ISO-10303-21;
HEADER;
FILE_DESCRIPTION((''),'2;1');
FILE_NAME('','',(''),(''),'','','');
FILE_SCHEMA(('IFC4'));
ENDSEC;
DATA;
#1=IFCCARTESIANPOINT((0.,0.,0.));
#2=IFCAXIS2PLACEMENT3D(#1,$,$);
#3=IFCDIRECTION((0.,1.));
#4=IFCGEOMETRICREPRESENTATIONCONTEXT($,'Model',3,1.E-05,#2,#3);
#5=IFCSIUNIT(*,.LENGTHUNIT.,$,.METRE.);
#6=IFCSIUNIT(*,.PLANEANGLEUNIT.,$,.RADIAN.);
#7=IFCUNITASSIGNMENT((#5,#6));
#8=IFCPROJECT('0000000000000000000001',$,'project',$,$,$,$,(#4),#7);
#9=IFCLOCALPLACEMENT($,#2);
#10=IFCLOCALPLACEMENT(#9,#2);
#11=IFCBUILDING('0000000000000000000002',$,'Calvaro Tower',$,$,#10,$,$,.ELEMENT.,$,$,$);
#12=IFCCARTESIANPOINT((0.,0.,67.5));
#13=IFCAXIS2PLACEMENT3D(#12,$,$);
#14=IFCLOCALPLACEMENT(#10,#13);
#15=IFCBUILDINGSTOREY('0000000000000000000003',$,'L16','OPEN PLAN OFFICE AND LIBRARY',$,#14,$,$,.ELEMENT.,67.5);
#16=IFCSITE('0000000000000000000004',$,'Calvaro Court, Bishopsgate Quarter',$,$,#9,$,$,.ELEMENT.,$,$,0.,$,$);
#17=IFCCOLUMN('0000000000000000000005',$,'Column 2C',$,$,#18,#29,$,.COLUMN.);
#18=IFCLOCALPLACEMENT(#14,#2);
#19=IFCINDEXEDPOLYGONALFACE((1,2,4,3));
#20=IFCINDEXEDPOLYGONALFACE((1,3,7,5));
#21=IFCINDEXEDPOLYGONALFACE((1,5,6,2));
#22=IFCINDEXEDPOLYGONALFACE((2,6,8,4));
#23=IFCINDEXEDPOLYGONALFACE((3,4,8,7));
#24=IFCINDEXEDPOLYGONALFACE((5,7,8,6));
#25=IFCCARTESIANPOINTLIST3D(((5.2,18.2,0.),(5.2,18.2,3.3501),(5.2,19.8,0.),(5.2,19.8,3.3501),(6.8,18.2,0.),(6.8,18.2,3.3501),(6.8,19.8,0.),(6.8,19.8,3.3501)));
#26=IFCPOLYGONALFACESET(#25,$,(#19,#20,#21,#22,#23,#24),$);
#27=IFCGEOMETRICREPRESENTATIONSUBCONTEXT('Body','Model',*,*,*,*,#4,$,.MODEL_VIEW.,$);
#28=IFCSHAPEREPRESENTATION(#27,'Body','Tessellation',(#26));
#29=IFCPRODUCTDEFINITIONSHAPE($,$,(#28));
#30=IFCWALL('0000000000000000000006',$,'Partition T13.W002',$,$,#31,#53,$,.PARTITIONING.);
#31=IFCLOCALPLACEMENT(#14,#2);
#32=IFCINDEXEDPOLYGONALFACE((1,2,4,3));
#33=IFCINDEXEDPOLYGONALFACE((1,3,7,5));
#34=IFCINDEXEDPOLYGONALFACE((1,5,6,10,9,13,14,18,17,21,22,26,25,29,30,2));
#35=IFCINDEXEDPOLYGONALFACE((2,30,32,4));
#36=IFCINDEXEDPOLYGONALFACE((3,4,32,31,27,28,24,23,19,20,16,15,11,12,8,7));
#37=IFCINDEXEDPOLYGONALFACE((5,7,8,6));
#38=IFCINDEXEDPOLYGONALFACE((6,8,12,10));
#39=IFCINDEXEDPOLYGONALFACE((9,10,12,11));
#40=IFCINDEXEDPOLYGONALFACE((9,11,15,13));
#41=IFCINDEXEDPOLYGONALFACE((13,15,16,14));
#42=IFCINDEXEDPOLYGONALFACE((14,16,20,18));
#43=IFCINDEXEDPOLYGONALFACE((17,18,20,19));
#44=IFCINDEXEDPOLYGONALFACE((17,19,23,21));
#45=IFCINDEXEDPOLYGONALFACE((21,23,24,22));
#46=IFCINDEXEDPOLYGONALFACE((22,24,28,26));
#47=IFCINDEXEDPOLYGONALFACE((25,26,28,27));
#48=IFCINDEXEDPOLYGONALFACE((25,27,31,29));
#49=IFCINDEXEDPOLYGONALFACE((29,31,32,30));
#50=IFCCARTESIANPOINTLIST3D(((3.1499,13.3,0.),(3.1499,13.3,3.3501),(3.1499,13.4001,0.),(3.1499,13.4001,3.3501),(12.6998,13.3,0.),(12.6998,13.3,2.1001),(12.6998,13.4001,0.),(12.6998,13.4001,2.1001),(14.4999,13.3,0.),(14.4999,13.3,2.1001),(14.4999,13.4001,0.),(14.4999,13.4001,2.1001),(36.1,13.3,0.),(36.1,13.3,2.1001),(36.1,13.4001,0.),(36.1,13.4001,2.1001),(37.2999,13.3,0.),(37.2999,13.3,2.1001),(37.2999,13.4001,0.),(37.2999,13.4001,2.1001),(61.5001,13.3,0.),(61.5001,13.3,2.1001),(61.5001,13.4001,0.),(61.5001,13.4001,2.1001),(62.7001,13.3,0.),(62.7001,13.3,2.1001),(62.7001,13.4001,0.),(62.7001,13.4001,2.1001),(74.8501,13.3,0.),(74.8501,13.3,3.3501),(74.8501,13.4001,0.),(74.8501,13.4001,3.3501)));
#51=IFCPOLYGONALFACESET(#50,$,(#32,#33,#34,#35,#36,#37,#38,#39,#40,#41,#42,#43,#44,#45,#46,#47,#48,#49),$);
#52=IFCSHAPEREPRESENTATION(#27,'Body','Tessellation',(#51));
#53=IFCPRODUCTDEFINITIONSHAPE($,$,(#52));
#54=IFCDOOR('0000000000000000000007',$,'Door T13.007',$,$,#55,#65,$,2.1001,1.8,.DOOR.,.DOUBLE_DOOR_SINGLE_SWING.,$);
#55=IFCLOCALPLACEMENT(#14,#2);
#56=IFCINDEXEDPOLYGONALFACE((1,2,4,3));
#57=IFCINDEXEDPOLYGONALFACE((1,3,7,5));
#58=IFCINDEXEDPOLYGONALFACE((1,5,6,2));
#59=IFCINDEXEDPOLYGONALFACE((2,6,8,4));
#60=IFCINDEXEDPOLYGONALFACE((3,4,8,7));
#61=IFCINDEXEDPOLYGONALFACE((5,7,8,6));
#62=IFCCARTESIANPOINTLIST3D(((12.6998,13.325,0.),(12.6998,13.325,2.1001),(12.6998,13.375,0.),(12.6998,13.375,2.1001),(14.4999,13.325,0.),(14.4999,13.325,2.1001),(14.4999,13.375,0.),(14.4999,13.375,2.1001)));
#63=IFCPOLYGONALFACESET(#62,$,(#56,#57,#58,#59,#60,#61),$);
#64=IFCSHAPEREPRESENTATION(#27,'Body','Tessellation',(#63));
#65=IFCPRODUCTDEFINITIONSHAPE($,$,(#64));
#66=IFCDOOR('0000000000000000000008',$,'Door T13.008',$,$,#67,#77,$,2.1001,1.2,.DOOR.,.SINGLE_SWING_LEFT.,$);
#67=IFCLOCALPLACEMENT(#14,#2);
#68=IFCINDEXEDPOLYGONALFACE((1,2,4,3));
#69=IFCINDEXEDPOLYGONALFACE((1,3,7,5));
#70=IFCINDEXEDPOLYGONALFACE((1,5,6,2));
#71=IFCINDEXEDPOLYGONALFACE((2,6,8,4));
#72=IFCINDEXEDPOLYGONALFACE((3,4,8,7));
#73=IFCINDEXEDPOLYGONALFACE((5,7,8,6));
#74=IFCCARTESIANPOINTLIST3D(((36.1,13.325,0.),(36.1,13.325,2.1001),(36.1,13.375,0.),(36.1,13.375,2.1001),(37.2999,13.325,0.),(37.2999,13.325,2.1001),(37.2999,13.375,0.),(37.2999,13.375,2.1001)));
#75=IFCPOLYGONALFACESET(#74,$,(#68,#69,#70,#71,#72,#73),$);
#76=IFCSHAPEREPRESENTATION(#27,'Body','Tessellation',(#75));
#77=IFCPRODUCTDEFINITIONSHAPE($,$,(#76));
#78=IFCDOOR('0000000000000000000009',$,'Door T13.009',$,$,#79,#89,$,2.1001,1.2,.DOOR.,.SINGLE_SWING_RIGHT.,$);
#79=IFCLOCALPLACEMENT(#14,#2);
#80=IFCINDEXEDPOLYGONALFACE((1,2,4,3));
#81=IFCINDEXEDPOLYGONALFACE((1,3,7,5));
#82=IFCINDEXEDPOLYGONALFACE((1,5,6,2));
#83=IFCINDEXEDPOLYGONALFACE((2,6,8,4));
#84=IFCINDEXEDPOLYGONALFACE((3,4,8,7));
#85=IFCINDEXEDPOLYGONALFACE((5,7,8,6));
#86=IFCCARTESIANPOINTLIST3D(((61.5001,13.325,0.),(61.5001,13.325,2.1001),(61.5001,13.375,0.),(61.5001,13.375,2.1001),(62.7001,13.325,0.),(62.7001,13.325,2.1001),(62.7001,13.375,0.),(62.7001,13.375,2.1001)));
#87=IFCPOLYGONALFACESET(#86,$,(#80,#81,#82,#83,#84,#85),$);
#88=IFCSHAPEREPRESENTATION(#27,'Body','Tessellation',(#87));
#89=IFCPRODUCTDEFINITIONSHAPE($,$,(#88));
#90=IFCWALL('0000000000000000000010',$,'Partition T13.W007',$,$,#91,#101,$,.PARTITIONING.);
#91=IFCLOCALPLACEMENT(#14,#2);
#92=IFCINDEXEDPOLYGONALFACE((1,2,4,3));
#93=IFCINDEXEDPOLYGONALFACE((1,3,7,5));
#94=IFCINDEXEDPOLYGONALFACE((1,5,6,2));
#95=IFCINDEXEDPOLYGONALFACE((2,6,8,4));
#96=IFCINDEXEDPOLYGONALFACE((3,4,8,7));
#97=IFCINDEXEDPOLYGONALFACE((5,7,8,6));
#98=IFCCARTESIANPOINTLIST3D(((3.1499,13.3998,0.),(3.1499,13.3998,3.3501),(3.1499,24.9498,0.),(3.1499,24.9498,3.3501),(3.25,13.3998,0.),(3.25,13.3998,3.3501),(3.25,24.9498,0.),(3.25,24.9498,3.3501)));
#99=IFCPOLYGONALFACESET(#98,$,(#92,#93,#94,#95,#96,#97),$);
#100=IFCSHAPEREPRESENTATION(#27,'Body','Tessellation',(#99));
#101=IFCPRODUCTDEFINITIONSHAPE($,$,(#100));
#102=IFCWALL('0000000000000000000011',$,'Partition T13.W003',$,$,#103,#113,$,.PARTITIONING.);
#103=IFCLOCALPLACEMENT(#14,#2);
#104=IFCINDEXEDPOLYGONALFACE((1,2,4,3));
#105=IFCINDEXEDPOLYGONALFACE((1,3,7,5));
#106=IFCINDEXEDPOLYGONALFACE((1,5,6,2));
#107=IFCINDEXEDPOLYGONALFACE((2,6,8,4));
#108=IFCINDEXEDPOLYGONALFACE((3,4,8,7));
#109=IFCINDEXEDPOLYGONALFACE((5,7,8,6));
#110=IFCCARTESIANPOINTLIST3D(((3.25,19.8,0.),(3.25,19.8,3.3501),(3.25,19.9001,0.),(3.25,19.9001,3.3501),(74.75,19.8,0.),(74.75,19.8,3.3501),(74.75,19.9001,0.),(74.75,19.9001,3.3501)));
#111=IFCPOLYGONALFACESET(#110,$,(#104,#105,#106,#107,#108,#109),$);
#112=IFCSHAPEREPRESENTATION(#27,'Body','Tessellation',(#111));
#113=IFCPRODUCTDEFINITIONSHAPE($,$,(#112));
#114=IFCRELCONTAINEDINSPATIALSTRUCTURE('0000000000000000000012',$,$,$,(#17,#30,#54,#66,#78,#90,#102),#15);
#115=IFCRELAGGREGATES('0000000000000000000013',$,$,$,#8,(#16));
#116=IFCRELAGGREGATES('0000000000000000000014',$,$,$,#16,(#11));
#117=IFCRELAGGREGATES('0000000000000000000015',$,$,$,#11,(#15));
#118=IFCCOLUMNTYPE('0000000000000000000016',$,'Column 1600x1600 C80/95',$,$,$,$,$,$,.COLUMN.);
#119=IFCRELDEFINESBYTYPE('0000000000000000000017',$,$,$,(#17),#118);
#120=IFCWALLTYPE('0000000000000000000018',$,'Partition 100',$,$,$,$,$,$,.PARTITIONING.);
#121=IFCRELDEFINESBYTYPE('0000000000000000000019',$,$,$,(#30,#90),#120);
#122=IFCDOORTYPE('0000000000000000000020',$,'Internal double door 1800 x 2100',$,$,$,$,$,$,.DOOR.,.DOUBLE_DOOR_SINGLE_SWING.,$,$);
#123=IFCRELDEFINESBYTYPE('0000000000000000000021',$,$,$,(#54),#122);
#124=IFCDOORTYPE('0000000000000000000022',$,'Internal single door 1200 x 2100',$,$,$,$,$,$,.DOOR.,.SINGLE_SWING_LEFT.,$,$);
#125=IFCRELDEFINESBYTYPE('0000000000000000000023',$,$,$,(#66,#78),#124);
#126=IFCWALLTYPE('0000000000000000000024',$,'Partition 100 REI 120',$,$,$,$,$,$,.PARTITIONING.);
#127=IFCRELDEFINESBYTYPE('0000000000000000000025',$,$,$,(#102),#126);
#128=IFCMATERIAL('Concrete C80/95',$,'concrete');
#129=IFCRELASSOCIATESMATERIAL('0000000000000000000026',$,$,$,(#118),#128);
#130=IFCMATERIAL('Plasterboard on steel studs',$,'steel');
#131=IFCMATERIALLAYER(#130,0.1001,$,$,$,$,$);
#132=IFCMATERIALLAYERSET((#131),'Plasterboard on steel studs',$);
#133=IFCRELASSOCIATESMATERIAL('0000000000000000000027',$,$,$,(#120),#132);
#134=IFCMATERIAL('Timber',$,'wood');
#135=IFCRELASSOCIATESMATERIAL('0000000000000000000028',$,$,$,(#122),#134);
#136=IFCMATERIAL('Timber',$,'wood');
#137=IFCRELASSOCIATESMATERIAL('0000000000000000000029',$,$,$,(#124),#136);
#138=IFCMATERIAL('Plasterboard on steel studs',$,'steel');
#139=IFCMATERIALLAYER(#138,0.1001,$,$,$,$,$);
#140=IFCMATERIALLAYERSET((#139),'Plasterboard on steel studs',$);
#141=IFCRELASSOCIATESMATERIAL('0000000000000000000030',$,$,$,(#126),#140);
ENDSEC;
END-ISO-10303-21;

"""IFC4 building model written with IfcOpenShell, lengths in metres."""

from ifc_helpers import new_model, si_unit, direction, frame, frame_2d, origin, origin_2d, place, context, subcontext, project, spatial, rectangle, extrude, material, layer, layer_set, material_profile, profile_set, type_object, element, fill, save


model = new_model("IFC4")

# Units and contexts
model_context = context("Model", 3, precision=1e-05, world=origin(), true_north=direction((0.0, 1.0)))
body_context = subcontext(model_context, "Body", "Model", "MODEL_VIEW")
ifc_project = project(units=[si_unit("LENGTHUNIT", "METRE"), si_unit("PLANEANGLEUNIT", "RADIAN")], contexts=[model_context])

# Site, building, storey
site_placement = place(None, origin())
site = spatial("IfcSite", under=ifc_project, at=site_placement, Name="Calvaro Court, Bishopsgate Quarter", CompositionType="ELEMENT", RefElevation=0.0)
building_placement = place(site_placement, origin())
building = spatial("IfcBuilding", under=site, at=building_placement, Name="Calvaro Tower", CompositionType="ELEMENT")
storey_placement = place(building_placement, frame((0.0, 0.0, 67.5)))
storey = spatial("IfcBuildingStorey", under=building, at=storey_placement, Name="L16", Description="OPEN PLAN OFFICE AND LIBRARY", CompositionType="ELEMENT", Elevation=67.5)

# Column
ifc_material_1 = material(Name="Concrete C80/95", Category="concrete")
ifc_material_profile = material_profile(ifc_material_1, rectangle(XDim=1.6001, YDim=1.6001, at=origin_2d()), Name="RC 1600x1600")
ifc_profile_set = profile_set([ifc_material_profile], Name="Concrete C80/95")
column_type = type_object("IfcColumnType", Name="Column 1600x1600 C80/95", PredefinedType="COLUMN", material=ifc_profile_set)
column_placement = place(storey_placement, frame((6.0, 19.0, 0.0), z_axis=(0.0, 0.0, 1.0), x_axis=(1.0, 0.0, 0.0)))
element("IfcColumn", 1, at=column_placement, inside=storey, type_object=column_type, Name="Column 2C", PredefinedType="COLUMN", context=body_context, shape_type="SweptSolid", body=[
    extrude(rectangle(XDim=1.6001, YDim=1.6001, at=origin_2d()), origin(), (0.0, 0.0, 1.0), 3.3501),
])

# Wall, openings, doors
ifc_material_2 = material(Name="Plasterboard on steel studs", Category="steel")
ifc_layer_1 = layer(ifc_material_2, 0.1001)
ifc_layer_set_1 = layer_set([ifc_layer_1], Name="Plasterboard on steel studs")
wall_type_1 = type_object("IfcWallType", Name="Partition 100", PredefinedType="PARTITIONING", material=ifc_layer_set_1)
wall_1_placement = place(storey_placement, frame((3.1499, 13.3501, 0.0), z_axis=(0.0, 0.0, 1.0), x_axis=(1.0, 0.0, 0.0)))
wall_1 = element("IfcWall", 2, at=wall_1_placement, inside=storey, type_object=wall_type_1, Name="Partition T13.W002", PredefinedType="PARTITIONING", context=body_context, shape_type="SweptSolid", body=[
    extrude(rectangle(XDim=71.7002, YDim=0.1001, at=frame_2d((35.8501, 0.0))), origin(), (0.0, 0.0, 1.0), 3.3501),
])
opening_1_placement = place(wall_1_placement, frame((9.55, 0.0, 0.0)))
opening_1 = element("IfcOpeningElement", 3, at=opening_1_placement, cuts=wall_1, PredefinedType="OPENING", context=body_context, shape_type="SweptSolid", body=[
    extrude(rectangle(XDim=1.8, YDim=2.1001, at=frame_2d((0.8999, 1.05))), frame((0.0, 0.0601, 0.0), z_axis=(0.0, -1.0, 0.0), x_axis=(1.0, 0.0, 0.0)), (0.0, 0.0, 1.0), 0.1201),
])
opening_2_placement = place(wall_1_placement, frame((32.95, 0.0, 0.0)))
opening_2 = element("IfcOpeningElement", 4, at=opening_2_placement, cuts=wall_1, PredefinedType="OPENING", context=body_context, shape_type="SweptSolid", body=[
    extrude(rectangle(XDim=1.2, YDim=2.1001, at=frame_2d((0.6001, 1.05))), frame((0.0, 0.0601, 0.0), z_axis=(0.0, -1.0, 0.0), x_axis=(1.0, 0.0, 0.0)), (0.0, 0.0, 1.0), 0.1201),
])
opening_3_placement = place(wall_1_placement, frame((58.3501, 0.0, 0.0)))
opening_3 = element("IfcOpeningElement", 5, at=opening_3_placement, cuts=wall_1, PredefinedType="OPENING", context=body_context, shape_type="SweptSolid", body=[
    extrude(rectangle(XDim=1.2, YDim=2.1001, at=frame_2d((0.6001, 1.05))), frame((0.0, 0.0601, 0.0), z_axis=(0.0, -1.0, 0.0), x_axis=(1.0, 0.0, 0.0)), (0.0, 0.0, 1.0), 0.1201),
])
ifc_material_3 = material(Name="Timber", Category="wood")
door_type_1 = type_object("IfcDoorType", Name="Internal double door 1800 x 2100", OperationType="DOUBLE_DOOR_SINGLE_SWING", PredefinedType="DOOR", material=ifc_material_3)
door_1_placement = place(opening_1_placement, origin())
door_1 = element("IfcDoor", 6, at=door_1_placement, inside=storey, type_object=door_type_1, Name="Door T13.007", OperationType="DOUBLE_DOOR_SINGLE_SWING", OverallHeight=2.1001, OverallWidth=1.8, PredefinedType="DOOR", context=body_context, shape_type="SweptSolid", body=[
    extrude(rectangle(XDim=1.8, YDim=2.1001, at=frame_2d((0.8999, 1.05))), frame((0.0, 0.0249, 0.0), z_axis=(0.0, -1.0, 0.0), x_axis=(1.0, 0.0, 0.0)), (0.0, 0.0, 1.0), 0.05),
])
fill(opening_1, door_1)
ifc_material_4 = material(Name="Timber", Category="wood")
door_type_2 = type_object("IfcDoorType", Name="Internal single door 1200 x 2100", OperationType="SINGLE_SWING_LEFT", PredefinedType="DOOR", material=ifc_material_4)
door_2_placement = place(opening_2_placement, origin())
door_2 = element("IfcDoor", 7, at=door_2_placement, inside=storey, type_object=door_type_2, Name="Door T13.008", OperationType="SINGLE_SWING_LEFT", OverallHeight=2.1001, OverallWidth=1.2, PredefinedType="DOOR", context=body_context, shape_type="SweptSolid", body=[
    extrude(rectangle(XDim=1.2, YDim=2.1001, at=frame_2d((0.6001, 1.05))), frame((0.0, 0.0249, 0.0), z_axis=(0.0, -1.0, 0.0), x_axis=(1.0, 0.0, 0.0)), (0.0, 0.0, 1.0), 0.05),
])
fill(opening_2, door_2)
door_3_placement = place(opening_3_placement, origin())
door_3 = element("IfcDoor", 8, at=door_3_placement, inside=storey, type_object=door_type_2, Name="Door T13.009", OperationType="SINGLE_SWING_RIGHT", OverallHeight=2.1001, OverallWidth=1.2, PredefinedType="DOOR", context=body_context, shape_type="SweptSolid", body=[
    extrude(rectangle(XDim=1.2, YDim=2.1001, at=frame_2d((0.6001, 1.05))), frame((0.0, 0.0249, 0.0), z_axis=(0.0, -1.0, 0.0), x_axis=(1.0, 0.0, 0.0)), (0.0, 0.0, 1.0), 0.05),
])
fill(opening_3, door_3)

# Walls
wall_2_placement = place(storey_placement, frame((3.2, 13.3999, 0.0), z_axis=(0.0, 0.0, 1.0), x_axis=(0.0, 1.0, 0.0)))
element("IfcWall", 9, at=wall_2_placement, inside=storey, type_object=wall_type_1, Name="Partition T13.W007", PredefinedType="PARTITIONING", context=body_context, shape_type="SweptSolid", body=[
    extrude(rectangle(XDim=11.55, YDim=0.1001, at=frame_2d((5.7749, 0.0))), origin(), (0.0, 0.0, 1.0), 3.3501),
])
ifc_material_5 = material(Name="Plasterboard on steel studs", Category="steel")
ifc_layer_2 = layer(ifc_material_5, 0.1001)
ifc_layer_set_2 = layer_set([ifc_layer_2], Name="Plasterboard on steel studs")
wall_type_2 = type_object("IfcWallType", Name="Partition 100 REI 120", PredefinedType="PARTITIONING", material=ifc_layer_set_2)
wall_3_placement = place(storey_placement, frame((3.25, 19.8501, 0.0), z_axis=(0.0, 0.0, 1.0), x_axis=(1.0, 0.0, 0.0)))
element("IfcWall", 10, at=wall_3_placement, inside=storey, type_object=wall_type_2, Name="Partition T13.W003", PredefinedType="PARTITIONING", context=body_context, shape_type="SweptSolid", body=[
    extrude(rectangle(XDim=71.5, YDim=0.1001, at=frame_2d((35.75, 0.0))), origin(), (0.0, 0.0, 1.0), 3.3501),
])

save(model, "model.ifc")
